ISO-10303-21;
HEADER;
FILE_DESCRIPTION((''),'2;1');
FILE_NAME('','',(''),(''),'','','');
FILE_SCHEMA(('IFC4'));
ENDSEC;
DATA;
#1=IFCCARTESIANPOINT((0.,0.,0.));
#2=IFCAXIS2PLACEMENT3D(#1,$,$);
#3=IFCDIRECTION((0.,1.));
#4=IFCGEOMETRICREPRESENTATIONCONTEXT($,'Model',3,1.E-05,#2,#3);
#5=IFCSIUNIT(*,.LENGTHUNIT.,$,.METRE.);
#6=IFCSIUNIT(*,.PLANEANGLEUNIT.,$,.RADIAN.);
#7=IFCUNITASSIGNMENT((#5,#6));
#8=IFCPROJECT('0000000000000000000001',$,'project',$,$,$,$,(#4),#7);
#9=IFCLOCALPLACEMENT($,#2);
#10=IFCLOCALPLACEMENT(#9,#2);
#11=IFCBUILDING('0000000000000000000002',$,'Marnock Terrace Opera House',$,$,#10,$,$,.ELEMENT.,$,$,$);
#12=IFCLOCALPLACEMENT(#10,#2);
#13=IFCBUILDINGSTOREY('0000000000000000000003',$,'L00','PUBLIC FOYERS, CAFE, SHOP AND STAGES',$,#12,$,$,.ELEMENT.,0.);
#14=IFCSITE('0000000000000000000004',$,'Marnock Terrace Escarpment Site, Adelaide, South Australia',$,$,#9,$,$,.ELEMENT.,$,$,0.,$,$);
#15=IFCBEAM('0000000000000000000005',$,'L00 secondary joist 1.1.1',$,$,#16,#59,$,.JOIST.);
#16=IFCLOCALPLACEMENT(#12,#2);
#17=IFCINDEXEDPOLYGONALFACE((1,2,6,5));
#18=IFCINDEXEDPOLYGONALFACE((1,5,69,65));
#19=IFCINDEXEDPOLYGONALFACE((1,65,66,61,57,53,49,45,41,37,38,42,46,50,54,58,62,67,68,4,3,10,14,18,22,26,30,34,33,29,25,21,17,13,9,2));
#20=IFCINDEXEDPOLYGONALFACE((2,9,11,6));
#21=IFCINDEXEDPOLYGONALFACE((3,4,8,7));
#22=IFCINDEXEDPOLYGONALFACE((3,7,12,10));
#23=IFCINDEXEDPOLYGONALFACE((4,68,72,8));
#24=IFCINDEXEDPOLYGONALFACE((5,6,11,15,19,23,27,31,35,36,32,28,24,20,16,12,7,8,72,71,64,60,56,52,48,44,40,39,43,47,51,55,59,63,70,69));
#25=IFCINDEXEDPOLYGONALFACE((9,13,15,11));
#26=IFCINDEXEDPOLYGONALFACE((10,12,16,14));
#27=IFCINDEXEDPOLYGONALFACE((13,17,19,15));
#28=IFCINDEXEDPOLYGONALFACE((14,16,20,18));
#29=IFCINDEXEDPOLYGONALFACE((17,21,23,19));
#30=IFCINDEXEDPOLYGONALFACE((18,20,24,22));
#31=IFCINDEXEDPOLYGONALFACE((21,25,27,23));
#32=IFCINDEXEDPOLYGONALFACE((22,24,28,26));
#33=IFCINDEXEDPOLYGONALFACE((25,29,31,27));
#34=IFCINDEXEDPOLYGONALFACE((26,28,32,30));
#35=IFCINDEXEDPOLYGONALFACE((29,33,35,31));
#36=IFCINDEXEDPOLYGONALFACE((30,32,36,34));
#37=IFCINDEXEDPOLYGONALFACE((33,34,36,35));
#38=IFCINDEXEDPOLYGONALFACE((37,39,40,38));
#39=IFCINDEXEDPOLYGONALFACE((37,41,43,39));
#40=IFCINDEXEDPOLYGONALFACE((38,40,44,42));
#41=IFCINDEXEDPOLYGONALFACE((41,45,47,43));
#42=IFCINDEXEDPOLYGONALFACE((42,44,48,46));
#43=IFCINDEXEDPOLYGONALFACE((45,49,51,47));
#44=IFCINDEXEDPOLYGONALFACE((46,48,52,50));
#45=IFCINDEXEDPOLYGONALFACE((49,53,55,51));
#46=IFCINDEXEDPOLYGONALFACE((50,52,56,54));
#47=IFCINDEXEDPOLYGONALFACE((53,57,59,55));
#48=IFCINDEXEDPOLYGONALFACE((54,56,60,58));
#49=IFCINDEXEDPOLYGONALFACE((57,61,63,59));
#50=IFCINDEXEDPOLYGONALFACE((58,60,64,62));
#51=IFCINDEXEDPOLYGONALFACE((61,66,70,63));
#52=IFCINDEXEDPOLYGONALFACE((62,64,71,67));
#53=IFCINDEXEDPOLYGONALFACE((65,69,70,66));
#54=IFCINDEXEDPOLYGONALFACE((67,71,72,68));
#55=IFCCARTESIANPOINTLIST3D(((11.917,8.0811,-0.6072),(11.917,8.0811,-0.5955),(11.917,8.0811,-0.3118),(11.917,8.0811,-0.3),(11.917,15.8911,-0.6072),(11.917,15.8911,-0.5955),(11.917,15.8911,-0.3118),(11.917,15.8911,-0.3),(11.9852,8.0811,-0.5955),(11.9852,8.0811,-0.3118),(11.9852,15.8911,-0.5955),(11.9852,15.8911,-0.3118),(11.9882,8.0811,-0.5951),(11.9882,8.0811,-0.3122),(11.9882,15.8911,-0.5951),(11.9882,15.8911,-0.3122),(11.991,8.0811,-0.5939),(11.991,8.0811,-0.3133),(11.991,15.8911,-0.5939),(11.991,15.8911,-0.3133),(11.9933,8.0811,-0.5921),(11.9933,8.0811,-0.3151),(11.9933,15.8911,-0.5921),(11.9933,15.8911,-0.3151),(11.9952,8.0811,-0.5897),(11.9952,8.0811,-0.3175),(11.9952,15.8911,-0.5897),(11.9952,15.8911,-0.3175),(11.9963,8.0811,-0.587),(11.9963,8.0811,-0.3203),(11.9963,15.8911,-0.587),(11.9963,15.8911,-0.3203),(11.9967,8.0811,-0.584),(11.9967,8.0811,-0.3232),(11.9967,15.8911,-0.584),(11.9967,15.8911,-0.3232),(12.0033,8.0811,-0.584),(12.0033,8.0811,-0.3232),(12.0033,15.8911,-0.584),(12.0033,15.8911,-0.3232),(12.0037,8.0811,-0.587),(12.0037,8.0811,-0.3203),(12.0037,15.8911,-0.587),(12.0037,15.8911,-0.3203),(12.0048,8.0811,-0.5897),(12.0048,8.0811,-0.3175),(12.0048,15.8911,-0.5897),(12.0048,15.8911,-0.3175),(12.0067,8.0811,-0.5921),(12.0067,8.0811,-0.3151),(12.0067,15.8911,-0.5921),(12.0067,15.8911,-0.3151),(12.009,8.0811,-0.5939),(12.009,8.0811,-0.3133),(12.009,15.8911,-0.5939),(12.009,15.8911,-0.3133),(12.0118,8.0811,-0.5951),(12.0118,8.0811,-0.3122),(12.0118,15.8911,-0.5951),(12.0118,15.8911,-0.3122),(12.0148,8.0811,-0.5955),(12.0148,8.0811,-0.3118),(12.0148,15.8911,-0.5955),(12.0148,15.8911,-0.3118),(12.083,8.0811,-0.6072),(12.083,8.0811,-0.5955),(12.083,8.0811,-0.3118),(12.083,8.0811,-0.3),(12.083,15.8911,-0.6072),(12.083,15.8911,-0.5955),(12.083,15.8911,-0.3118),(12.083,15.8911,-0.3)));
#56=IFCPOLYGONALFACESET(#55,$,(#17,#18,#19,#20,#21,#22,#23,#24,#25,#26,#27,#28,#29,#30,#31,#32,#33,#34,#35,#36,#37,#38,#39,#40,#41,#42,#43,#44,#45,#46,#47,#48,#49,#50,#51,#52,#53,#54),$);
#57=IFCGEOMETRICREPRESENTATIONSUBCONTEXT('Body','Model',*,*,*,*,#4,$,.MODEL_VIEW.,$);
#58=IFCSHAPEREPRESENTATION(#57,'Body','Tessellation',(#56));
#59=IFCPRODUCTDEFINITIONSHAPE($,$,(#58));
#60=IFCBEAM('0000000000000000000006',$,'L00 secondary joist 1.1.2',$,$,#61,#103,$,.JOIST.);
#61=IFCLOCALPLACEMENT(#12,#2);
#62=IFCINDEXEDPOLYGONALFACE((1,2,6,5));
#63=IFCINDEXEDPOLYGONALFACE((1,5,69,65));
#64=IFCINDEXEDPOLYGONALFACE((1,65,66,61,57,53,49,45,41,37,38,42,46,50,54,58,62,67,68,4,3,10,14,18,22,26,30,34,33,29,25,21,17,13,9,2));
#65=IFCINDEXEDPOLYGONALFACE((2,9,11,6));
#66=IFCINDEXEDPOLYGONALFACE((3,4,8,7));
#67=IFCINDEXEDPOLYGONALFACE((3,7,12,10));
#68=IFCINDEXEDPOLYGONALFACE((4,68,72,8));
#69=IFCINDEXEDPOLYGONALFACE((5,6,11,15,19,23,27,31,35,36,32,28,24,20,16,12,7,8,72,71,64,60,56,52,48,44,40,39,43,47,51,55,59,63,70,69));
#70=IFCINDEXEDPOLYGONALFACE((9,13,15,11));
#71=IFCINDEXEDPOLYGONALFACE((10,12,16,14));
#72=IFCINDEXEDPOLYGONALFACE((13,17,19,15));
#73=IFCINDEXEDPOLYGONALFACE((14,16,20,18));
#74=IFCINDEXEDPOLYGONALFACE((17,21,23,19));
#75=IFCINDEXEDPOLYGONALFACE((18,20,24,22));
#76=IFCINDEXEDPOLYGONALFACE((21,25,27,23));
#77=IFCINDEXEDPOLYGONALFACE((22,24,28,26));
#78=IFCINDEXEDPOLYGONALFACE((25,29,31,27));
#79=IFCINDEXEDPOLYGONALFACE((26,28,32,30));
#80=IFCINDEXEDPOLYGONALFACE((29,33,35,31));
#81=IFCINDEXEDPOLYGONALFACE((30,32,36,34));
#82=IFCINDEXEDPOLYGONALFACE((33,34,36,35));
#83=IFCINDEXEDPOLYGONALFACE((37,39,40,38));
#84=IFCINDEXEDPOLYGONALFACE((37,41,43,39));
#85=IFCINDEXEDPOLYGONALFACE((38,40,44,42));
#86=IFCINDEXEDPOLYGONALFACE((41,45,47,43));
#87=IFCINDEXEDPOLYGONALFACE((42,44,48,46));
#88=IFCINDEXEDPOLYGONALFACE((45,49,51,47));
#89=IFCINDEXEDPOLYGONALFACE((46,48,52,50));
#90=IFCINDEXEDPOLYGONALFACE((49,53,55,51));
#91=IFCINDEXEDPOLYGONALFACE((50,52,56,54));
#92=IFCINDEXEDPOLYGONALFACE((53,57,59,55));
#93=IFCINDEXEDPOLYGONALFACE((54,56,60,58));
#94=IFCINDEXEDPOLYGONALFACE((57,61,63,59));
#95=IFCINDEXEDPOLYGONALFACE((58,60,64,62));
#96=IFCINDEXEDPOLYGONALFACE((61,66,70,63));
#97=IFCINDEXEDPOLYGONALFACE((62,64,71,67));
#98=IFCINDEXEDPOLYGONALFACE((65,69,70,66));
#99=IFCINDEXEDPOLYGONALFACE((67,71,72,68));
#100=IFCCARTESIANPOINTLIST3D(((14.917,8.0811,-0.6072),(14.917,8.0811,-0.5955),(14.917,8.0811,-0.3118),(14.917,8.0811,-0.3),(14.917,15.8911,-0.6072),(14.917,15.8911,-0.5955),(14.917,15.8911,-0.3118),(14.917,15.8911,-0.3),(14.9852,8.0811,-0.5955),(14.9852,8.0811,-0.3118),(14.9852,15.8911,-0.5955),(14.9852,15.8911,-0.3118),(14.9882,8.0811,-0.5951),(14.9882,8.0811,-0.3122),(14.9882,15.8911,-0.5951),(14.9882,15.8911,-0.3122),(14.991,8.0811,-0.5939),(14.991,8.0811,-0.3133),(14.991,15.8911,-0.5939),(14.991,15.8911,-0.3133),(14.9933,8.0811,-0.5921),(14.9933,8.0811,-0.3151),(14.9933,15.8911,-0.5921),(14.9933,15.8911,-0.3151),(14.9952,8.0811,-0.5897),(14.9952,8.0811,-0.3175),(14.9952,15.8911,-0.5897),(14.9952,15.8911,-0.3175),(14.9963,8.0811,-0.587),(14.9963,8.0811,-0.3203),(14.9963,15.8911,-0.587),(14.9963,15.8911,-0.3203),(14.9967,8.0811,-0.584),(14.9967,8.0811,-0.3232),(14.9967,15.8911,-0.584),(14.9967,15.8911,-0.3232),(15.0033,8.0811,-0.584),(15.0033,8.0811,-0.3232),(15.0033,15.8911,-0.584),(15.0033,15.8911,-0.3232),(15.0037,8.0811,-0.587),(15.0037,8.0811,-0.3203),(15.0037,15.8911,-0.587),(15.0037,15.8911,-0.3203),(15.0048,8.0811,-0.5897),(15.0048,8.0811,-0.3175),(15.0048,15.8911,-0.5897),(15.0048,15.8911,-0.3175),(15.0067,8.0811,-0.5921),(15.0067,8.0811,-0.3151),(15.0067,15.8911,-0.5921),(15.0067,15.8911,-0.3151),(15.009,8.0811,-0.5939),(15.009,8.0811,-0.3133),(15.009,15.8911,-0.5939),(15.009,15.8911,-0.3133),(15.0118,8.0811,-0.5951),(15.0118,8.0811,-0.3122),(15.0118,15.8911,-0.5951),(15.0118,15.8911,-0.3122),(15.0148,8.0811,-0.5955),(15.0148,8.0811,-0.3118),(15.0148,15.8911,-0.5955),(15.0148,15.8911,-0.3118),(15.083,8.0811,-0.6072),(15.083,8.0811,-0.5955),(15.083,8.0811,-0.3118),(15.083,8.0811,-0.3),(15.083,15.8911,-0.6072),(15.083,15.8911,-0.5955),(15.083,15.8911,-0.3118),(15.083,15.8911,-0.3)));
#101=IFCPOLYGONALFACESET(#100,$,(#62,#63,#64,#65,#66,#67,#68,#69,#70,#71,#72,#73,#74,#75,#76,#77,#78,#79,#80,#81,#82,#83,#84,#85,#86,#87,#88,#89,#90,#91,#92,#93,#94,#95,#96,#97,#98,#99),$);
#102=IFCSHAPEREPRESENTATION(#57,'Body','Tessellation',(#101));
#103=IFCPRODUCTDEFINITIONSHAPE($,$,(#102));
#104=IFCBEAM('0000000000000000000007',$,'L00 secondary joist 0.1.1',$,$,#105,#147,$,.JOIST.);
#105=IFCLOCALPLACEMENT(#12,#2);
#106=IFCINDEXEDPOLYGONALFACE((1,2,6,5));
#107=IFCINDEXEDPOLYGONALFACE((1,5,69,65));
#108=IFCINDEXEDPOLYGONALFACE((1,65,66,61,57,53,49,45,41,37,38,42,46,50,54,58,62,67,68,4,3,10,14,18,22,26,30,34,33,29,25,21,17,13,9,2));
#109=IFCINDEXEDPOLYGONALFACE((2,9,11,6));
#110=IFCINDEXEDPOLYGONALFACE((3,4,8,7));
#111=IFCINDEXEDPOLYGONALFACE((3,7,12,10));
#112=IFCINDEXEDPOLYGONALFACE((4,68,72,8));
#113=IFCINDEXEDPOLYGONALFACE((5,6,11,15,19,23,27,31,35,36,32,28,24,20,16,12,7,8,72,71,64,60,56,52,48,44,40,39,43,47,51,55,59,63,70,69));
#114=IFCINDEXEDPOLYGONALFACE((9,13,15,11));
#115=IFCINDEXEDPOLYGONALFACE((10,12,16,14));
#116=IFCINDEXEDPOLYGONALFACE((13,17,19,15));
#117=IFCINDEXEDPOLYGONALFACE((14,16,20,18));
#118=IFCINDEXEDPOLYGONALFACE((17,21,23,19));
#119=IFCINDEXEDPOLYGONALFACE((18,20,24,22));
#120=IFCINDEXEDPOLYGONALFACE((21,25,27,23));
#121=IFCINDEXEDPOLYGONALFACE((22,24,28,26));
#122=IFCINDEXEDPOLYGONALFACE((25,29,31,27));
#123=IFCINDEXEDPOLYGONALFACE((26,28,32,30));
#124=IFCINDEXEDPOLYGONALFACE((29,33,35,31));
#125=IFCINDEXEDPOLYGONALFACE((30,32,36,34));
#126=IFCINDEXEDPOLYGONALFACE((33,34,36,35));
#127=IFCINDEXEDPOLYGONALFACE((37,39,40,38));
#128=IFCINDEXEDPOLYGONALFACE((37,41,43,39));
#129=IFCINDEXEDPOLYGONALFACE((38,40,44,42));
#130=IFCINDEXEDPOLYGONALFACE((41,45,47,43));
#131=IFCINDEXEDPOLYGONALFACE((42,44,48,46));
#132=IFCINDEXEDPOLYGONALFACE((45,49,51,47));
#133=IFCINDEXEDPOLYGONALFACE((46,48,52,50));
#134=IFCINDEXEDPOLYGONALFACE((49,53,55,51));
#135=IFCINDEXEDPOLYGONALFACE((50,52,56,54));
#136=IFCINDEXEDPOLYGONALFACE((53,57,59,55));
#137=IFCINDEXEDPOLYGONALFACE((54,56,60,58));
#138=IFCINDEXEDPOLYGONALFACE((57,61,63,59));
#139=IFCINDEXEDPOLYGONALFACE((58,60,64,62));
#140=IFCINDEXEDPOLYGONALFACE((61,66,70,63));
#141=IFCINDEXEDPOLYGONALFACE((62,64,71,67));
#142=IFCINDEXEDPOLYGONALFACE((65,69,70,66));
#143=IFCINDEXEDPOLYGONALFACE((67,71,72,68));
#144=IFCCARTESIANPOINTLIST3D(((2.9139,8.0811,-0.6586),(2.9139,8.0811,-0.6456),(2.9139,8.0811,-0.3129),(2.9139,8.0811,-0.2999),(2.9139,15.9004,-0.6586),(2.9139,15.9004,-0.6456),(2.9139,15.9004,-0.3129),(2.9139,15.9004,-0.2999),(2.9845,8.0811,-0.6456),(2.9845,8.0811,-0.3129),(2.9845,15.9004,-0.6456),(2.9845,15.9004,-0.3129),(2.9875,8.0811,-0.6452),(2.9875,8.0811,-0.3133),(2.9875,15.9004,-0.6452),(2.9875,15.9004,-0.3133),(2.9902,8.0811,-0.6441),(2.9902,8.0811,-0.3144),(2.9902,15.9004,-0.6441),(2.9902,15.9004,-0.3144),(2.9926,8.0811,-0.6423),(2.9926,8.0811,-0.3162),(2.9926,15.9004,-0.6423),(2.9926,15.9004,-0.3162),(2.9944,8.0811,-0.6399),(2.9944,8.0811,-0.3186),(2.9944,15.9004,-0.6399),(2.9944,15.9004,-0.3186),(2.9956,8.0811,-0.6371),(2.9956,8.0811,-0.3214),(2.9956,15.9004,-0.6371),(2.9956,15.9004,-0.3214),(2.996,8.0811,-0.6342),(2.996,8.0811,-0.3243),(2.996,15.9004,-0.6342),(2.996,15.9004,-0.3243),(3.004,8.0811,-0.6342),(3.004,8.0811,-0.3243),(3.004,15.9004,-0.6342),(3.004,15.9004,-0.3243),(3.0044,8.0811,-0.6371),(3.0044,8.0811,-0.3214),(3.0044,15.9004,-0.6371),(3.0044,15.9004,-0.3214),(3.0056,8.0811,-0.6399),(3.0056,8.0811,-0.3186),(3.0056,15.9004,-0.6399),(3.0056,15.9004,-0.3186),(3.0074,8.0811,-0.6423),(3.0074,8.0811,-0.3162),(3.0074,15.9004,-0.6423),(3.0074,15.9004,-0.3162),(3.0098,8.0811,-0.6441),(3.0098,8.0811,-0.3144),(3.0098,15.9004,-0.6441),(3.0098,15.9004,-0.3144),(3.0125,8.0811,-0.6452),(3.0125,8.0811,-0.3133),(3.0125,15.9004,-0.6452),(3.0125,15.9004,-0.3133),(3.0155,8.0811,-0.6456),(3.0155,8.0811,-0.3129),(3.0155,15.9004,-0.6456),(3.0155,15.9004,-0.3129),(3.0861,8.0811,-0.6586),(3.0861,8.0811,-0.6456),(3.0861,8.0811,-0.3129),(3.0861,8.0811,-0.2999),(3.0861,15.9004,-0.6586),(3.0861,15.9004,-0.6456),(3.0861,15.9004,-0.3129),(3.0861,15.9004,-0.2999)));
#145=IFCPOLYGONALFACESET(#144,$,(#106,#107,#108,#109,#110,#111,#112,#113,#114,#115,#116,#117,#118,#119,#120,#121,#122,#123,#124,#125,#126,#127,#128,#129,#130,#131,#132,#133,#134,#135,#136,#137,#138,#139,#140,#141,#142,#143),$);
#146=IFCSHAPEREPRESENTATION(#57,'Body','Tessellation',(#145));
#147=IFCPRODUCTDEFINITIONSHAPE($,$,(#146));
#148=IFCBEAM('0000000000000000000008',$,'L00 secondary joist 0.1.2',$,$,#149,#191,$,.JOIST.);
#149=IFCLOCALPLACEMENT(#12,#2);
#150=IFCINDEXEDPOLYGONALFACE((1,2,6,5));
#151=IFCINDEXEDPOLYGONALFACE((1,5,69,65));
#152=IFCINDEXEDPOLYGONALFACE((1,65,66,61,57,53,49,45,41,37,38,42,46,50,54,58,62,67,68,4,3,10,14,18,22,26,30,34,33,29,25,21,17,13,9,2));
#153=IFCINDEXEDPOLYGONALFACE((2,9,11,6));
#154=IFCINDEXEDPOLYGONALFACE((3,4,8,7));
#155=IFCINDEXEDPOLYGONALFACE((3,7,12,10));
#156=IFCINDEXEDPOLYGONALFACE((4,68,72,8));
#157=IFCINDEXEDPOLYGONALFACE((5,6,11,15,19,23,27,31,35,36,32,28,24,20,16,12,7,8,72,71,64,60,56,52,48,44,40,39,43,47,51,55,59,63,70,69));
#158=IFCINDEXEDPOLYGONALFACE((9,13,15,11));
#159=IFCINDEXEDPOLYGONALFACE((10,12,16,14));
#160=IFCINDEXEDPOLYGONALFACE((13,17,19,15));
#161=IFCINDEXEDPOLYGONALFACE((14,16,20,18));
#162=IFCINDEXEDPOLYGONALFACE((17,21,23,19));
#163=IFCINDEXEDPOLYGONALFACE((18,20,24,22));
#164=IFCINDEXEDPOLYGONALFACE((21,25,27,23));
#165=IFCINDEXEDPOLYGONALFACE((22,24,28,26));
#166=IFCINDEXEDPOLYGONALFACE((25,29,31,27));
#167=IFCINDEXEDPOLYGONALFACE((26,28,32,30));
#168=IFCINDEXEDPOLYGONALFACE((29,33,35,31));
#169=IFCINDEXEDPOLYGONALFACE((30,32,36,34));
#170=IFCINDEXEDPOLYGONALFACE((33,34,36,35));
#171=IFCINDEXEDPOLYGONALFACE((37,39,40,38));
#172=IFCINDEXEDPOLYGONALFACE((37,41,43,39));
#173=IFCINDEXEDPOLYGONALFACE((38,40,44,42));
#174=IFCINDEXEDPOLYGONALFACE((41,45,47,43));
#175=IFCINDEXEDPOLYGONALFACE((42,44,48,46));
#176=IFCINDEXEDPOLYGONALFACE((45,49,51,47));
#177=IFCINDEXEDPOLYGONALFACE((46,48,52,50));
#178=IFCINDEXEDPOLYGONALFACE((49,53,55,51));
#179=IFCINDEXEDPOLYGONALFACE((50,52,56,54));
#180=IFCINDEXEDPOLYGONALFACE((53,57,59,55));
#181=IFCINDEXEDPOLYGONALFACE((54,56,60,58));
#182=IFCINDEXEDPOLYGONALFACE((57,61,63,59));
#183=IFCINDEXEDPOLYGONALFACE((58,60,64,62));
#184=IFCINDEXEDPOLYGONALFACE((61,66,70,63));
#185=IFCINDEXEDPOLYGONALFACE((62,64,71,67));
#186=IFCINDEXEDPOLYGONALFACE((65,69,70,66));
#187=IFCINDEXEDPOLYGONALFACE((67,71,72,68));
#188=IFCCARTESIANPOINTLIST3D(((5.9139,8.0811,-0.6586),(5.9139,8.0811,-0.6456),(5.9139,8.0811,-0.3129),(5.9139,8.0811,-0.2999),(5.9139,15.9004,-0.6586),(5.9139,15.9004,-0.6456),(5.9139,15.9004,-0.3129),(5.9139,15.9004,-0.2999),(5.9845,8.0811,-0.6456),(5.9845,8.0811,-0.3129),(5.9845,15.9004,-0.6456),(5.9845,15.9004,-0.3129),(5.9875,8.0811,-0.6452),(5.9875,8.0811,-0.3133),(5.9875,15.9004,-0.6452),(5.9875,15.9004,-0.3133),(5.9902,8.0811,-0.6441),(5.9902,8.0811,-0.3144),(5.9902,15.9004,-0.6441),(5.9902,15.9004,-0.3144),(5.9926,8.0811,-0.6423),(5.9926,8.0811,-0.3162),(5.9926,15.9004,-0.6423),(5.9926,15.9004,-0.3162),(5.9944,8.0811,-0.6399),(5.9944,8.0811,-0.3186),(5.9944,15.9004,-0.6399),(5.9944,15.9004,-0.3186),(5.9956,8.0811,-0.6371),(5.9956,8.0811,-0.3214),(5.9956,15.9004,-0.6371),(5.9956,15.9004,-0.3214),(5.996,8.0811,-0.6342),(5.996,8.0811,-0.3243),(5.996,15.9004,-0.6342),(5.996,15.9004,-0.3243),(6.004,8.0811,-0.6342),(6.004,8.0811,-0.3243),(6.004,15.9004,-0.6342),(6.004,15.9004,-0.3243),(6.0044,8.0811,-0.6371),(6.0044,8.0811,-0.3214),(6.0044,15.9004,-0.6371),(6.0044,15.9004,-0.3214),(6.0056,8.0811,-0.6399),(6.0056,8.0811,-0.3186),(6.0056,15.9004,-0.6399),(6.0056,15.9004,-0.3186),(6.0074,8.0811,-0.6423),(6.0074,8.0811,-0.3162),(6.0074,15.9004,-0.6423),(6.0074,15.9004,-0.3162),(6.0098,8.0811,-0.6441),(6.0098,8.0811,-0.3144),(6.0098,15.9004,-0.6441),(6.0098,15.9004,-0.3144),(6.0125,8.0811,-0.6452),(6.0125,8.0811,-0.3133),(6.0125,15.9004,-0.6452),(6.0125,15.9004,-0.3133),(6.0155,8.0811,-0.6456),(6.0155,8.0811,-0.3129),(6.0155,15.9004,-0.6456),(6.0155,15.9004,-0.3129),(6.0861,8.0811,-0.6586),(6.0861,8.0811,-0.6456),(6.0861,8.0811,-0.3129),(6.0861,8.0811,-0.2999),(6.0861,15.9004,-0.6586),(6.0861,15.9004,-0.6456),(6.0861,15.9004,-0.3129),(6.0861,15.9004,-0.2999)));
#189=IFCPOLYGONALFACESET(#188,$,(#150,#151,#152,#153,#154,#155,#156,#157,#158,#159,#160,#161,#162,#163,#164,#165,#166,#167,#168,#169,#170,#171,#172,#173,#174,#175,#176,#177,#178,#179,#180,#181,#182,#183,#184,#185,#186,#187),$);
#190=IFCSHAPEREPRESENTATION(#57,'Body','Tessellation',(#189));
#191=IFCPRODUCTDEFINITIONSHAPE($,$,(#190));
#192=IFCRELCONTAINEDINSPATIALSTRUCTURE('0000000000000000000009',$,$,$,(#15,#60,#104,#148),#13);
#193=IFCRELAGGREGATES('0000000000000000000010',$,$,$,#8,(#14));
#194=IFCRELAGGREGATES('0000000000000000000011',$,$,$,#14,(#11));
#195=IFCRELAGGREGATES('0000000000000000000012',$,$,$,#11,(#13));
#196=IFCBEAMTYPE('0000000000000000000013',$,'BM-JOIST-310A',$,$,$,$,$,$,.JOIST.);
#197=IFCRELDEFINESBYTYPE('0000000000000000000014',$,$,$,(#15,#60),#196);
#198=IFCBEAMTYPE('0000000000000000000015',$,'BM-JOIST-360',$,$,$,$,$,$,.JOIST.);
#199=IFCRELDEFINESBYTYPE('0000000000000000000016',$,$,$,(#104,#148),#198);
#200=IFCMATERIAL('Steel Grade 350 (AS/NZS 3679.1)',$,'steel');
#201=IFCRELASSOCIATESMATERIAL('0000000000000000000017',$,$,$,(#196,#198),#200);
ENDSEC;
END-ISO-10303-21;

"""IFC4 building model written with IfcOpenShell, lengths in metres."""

from ifc_helpers import new_model, si_unit, direction, frame, origin, origin_2d, place, context, subcontext, project, spatial, i_section, extrude, material, material_profile, profile_set, type_object, element, save


model = new_model("IFC4")

# Units and contexts
model_context = context("Model", 3, precision=1e-05, world=origin(), true_north=direction((0.0, 1.0)))
body_context = subcontext(model_context, "Body", "Model", "MODEL_VIEW")
ifc_project = project(units=[si_unit("LENGTHUNIT", "METRE"), si_unit("PLANEANGLEUNIT", "RADIAN")], contexts=[model_context])

# Site, building, storey
site_placement = place(None, origin())
site = spatial("IfcSite", under=ifc_project, at=site_placement, Name="Marnock Terrace Escarpment Site, Adelaide, South Australia", CompositionType="ELEMENT", RefElevation=0.0)
building_placement = place(site_placement, origin())
building = spatial("IfcBuilding", under=site, at=building_placement, Name="Marnock Terrace Opera House", CompositionType="ELEMENT")
storey_placement = place(building_placement, origin())
storey = spatial("IfcBuildingStorey", under=building, at=storey_placement, Name="L00", Description="PUBLIC FOYERS, CAFE, SHOP AND STAGES", CompositionType="ELEMENT", Elevation=0.0)

# Shared definitions
ifc_material_1 = material(Name="Steel Grade 350 (AS/NZS 3679.1)", Category="steel")

# Beams
ifc_material_profile_1 = material_profile(ifc_material_1, i_section(OverallWidth=0.166, OverallDepth=0.3071, WebThickness=0.0066, FlangeThickness=0.0117, FilletRadius=0.0115, at=origin_2d()))
ifc_profile_set_1 = profile_set([ifc_material_profile_1], Name="Steel Grade 350 (AS/NZS 3679.1)")
beam_type_1 = type_object("IfcBeamType", Name="BM-JOIST-310A", PredefinedType="JOIST", material=ifc_profile_set_1)
for number, where, z_axis, x_axis, name in (
    (1, (12.0, 8.0811, -0.4536), (0.0, 1.0, 0.0), (-1.0, 0.0, 0.0), "L00 secondary joist 1.1.1"),
    (2, (15.0, 8.0811, -0.4536), (0.0, 1.0, 0.0), (-1.0, 0.0, 0.0), "L00 secondary joist 1.1.2"),
):
    element("IfcBeam", number, at=place(storey_placement, frame(where, z_axis=z_axis, x_axis=x_axis)), inside=storey, type_object=beam_type_1, Name=name, PredefinedType="JOIST", context=body_context, shape_type="SweptSolid", body=[
        extrude(i_section(OverallWidth=0.166, OverallDepth=0.3071, WebThickness=0.0066, FlangeThickness=0.0117, FilletRadius=0.0115, at=origin_2d()), origin(), (0.0, 0.0, 1.0), 7.8101),
    ])
ifc_material_profile_2 = material_profile(ifc_material_1, i_section(OverallWidth=0.1721, OverallDepth=0.3586, WebThickness=0.0081, FlangeThickness=0.0129, FilletRadius=0.0115, at=origin_2d()))
ifc_profile_set_2 = profile_set([ifc_material_profile_2], Name="Steel Grade 350 (AS/NZS 3679.1)")
beam_type_2 = type_object("IfcBeamType", Name="BM-JOIST-360", PredefinedType="JOIST", material=ifc_profile_set_2)
for number, where, z_axis, x_axis, name in (
    (3, (3.0, 8.0811, -0.4792), (0.0, 1.0, 0.0), (-1.0, 0.0, 0.0), "L00 secondary joist 0.1.1"),
    (4, (6.0, 8.0811, -0.4792), (0.0, 1.0, 0.0), (-1.0, 0.0, 0.0), "L00 secondary joist 0.1.2"),
):
    element("IfcBeam", number, at=place(storey_placement, frame(where, z_axis=z_axis, x_axis=x_axis)), inside=storey, type_object=beam_type_2, Name=name, PredefinedType="JOIST", context=body_context, shape_type="SweptSolid", body=[
        extrude(i_section(OverallWidth=0.1721, OverallDepth=0.3586, WebThickness=0.0081, FlangeThickness=0.0129, FilletRadius=0.0115, at=origin_2d()), origin(), (0.0, 0.0, 1.0), 7.8193),
    ])

save(model, "model.ifc")
